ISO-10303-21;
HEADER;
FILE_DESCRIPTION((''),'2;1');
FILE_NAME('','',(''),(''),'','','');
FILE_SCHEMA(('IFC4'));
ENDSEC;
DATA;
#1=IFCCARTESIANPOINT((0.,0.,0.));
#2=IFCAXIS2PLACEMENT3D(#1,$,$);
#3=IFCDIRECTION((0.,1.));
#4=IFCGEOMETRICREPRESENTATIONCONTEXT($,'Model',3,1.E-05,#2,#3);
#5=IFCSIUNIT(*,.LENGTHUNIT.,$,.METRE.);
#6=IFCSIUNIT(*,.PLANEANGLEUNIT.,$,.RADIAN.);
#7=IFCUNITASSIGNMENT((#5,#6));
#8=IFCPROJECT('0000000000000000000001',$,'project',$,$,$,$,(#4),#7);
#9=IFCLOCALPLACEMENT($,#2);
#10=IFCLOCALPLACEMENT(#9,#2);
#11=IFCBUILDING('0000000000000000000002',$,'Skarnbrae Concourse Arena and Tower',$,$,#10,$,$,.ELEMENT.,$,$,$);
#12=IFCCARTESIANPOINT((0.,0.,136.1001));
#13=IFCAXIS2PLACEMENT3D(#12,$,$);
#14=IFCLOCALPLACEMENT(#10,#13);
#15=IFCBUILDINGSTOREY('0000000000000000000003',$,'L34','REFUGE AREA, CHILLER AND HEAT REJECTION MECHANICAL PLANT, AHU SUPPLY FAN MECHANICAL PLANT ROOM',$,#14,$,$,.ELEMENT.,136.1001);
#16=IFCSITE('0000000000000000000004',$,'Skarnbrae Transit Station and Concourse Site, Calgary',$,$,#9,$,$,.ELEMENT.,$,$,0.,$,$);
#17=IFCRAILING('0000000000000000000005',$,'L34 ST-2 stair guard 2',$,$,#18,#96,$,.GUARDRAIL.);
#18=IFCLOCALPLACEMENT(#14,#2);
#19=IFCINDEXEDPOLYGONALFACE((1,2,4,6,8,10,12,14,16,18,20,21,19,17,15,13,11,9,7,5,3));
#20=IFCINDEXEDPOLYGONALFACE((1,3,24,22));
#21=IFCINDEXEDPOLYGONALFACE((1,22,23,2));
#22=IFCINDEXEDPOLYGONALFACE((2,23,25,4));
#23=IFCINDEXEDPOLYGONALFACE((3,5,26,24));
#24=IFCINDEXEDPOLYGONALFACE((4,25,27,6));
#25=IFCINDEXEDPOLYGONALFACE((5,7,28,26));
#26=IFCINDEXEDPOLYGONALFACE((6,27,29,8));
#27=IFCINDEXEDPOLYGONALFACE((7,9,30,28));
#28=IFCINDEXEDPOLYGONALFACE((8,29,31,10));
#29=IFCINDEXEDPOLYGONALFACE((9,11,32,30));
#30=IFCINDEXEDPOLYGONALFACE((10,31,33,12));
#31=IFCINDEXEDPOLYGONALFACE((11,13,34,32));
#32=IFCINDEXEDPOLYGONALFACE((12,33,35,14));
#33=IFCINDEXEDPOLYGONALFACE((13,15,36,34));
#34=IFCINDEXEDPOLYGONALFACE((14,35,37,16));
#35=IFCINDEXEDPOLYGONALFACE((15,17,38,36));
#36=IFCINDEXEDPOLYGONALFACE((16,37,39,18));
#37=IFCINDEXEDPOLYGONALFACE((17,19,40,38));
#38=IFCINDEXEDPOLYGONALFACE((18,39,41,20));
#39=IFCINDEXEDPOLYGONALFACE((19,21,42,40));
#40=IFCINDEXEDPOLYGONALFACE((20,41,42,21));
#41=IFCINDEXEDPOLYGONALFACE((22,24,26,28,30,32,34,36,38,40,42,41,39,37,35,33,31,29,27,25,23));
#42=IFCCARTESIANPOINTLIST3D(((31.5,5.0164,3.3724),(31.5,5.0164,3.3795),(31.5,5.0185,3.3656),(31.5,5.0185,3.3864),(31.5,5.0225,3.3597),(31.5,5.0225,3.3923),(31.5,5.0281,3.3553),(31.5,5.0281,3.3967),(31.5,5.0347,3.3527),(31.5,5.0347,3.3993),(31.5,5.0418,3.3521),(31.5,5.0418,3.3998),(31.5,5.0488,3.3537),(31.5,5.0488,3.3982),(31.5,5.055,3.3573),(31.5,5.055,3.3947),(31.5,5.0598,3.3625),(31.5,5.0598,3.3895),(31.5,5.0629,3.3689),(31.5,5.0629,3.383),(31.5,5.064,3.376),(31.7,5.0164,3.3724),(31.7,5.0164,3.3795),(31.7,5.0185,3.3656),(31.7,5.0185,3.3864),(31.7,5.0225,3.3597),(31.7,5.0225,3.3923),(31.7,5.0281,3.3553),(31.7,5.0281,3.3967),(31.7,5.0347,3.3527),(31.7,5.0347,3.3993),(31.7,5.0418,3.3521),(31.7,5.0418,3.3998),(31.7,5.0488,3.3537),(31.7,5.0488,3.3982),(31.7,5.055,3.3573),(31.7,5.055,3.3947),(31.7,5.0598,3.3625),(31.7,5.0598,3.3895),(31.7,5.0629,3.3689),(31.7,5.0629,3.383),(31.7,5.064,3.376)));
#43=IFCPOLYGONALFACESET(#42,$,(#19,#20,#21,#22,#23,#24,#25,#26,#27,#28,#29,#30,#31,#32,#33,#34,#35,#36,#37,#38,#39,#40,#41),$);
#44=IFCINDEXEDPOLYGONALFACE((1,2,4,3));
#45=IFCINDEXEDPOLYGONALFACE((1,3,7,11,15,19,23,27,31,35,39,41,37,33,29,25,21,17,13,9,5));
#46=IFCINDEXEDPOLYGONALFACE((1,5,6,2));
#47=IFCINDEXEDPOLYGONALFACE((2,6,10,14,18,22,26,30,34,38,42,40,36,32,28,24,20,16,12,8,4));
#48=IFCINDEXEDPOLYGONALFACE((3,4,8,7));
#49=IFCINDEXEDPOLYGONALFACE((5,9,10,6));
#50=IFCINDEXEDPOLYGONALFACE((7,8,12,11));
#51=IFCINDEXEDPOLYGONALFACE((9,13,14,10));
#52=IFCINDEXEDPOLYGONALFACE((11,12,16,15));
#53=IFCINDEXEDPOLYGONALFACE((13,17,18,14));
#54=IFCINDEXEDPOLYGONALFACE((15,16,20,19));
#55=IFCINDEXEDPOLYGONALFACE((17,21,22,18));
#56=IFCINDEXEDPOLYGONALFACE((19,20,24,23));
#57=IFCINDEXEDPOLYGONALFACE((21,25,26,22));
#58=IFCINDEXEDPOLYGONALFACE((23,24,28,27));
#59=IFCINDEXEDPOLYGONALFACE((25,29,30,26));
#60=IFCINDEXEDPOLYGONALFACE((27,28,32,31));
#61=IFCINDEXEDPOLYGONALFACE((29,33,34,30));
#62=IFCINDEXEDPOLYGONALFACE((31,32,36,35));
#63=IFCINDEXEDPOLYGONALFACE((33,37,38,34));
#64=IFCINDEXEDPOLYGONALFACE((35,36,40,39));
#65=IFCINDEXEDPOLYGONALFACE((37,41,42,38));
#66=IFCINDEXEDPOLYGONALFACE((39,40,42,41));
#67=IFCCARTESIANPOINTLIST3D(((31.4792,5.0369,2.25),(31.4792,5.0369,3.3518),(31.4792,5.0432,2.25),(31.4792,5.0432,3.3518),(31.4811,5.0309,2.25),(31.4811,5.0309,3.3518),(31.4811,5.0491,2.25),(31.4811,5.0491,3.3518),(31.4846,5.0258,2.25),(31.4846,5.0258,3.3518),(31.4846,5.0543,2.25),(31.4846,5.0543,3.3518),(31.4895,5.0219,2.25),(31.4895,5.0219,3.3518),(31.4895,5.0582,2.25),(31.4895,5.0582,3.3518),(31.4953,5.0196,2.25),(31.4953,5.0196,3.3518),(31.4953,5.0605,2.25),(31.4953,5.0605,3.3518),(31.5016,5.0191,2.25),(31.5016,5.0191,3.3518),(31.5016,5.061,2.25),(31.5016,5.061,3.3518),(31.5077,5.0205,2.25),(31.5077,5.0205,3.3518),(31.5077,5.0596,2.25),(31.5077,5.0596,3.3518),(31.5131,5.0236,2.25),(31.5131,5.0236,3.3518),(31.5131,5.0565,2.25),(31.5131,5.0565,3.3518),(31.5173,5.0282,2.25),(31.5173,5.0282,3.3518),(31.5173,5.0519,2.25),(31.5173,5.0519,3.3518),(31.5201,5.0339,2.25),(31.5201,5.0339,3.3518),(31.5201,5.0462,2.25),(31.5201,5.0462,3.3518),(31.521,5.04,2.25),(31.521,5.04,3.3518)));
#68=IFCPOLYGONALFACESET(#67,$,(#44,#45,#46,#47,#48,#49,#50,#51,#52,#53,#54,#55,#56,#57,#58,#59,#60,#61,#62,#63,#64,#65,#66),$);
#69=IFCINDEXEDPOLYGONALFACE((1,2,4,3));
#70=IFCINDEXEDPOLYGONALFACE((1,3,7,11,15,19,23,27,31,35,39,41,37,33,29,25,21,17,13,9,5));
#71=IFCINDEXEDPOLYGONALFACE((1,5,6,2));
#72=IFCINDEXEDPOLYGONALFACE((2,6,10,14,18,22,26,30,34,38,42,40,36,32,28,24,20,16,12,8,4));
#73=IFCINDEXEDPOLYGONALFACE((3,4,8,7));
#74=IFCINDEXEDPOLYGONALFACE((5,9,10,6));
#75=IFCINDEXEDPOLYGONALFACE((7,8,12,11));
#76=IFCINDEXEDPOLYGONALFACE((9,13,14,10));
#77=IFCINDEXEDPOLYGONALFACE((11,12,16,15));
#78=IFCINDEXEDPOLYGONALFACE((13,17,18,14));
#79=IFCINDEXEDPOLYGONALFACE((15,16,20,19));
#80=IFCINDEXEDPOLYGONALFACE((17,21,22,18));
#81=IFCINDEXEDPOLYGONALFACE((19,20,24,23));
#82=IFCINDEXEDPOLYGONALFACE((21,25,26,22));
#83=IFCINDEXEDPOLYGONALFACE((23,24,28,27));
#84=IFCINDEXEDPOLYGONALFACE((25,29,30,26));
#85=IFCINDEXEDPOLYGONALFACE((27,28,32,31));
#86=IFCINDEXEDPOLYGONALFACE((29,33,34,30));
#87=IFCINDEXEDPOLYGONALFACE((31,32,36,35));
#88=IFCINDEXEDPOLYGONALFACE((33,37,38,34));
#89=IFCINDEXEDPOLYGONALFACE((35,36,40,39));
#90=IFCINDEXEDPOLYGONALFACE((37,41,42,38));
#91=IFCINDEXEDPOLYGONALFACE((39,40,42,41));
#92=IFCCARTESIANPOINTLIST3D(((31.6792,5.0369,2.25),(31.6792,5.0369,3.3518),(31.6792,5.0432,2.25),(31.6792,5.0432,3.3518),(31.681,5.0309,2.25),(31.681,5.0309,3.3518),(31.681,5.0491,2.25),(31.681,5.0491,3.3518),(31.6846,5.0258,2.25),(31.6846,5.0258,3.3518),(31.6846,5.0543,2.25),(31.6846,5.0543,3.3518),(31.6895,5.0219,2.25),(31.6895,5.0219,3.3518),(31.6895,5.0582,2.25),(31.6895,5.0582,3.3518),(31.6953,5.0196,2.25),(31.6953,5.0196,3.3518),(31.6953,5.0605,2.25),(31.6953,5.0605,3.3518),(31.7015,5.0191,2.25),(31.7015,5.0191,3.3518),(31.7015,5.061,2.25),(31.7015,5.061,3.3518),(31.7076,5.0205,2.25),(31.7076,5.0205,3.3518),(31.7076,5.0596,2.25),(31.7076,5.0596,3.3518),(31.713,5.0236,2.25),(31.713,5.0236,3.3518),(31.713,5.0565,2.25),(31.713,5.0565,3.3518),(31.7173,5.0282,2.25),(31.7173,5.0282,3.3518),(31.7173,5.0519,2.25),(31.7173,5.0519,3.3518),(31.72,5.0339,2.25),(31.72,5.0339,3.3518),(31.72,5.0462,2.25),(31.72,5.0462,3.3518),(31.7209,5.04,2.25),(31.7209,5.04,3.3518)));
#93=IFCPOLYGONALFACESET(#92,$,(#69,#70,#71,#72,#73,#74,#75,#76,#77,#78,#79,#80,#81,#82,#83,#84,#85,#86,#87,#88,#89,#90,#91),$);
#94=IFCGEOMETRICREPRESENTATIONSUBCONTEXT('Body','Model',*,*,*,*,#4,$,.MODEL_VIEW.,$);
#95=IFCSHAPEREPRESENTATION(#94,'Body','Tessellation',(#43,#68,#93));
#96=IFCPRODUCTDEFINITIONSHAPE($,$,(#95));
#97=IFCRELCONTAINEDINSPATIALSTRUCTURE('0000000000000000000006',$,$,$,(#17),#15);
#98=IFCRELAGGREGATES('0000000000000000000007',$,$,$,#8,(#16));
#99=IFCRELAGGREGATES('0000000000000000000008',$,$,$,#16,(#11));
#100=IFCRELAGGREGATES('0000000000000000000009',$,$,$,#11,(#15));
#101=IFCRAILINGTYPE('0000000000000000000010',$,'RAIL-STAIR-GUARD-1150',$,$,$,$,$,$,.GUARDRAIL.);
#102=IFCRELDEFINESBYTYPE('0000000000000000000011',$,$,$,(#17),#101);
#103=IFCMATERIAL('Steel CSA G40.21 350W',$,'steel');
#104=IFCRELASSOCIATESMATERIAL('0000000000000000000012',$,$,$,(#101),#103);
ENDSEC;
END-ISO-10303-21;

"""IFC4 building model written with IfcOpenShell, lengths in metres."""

from ifc_helpers import new_model, si_unit, direction, frame, origin, origin_2d, place, context, subcontext, project, spatial, circle, extrude, material, type_object, element, save


model = new_model("IFC4")

# Units and contexts
model_context = context("Model", 3, precision=1e-05, world=origin(), true_north=direction((0.0, 1.0)))
body_context = subcontext(model_context, "Body", "Model", "MODEL_VIEW")
ifc_project = project(units=[si_unit("LENGTHUNIT", "METRE"), si_unit("PLANEANGLEUNIT", "RADIAN")], contexts=[model_context])

# Site, building, storey
site_placement = place(None, origin())
site = spatial("IfcSite", under=ifc_project, at=site_placement, Name="Skarnbrae Transit Station and Concourse Site, Calgary", CompositionType="ELEMENT", RefElevation=0.0)
building_placement = place(site_placement, origin())
building = spatial("IfcBuilding", under=site, at=building_placement, Name="Skarnbrae Concourse Arena and Tower", CompositionType="ELEMENT")
storey_placement = place(building_placement, frame((0.0, 0.0, 136.1001)))
storey = spatial("IfcBuildingStorey", under=building, at=storey_placement, Name="L34", Description="REFUGE AREA, CHILLER AND HEAT REJECTION MECHANICAL PLANT, AHU SUPPLY FAN MECHANICAL PLANT ROOM", CompositionType="ELEMENT", Elevation=136.1001)

# Shared definitions
ifc_material_1 = material(Name="Steel CSA G40.21 350W", Category="steel")

# Railing
railing_type_1 = type_object("IfcRailingType", Name="RAIL-STAIR-GUARD-1150", PredefinedType="GUARDRAIL", material=ifc_material_1)
railing_1_placement = place(storey_placement, frame((31.5, 5.04, 2.25)))
element("IfcRailing", 1, at=railing_1_placement, inside=storey, type_object=railing_type_1, Name="L34 ST-2 stair guard 2", PredefinedType="GUARDRAIL", context=body_context, shape_type="SweptSolid", body=[
    extrude(circle(Radius=0.0239, at=origin_2d()), frame((0.0, 0.0, 1.126), z_axis=(1.0, 0.0, 0.0), x_axis=(0.0, 1.0, 0.0)), (0.0, 0.0, 1.0), 0.2),
    extrude(circle(Radius=0.021, at=origin_2d()), origin(), (0.0, 0.0, 1.0), 1.1018),
    extrude(circle(Radius=0.021, at=origin_2d()), frame((0.2, 0.0, 0.0)), (0.0, 0.0, 1.0), 1.1018),
])

save(model, "model.ifc")
